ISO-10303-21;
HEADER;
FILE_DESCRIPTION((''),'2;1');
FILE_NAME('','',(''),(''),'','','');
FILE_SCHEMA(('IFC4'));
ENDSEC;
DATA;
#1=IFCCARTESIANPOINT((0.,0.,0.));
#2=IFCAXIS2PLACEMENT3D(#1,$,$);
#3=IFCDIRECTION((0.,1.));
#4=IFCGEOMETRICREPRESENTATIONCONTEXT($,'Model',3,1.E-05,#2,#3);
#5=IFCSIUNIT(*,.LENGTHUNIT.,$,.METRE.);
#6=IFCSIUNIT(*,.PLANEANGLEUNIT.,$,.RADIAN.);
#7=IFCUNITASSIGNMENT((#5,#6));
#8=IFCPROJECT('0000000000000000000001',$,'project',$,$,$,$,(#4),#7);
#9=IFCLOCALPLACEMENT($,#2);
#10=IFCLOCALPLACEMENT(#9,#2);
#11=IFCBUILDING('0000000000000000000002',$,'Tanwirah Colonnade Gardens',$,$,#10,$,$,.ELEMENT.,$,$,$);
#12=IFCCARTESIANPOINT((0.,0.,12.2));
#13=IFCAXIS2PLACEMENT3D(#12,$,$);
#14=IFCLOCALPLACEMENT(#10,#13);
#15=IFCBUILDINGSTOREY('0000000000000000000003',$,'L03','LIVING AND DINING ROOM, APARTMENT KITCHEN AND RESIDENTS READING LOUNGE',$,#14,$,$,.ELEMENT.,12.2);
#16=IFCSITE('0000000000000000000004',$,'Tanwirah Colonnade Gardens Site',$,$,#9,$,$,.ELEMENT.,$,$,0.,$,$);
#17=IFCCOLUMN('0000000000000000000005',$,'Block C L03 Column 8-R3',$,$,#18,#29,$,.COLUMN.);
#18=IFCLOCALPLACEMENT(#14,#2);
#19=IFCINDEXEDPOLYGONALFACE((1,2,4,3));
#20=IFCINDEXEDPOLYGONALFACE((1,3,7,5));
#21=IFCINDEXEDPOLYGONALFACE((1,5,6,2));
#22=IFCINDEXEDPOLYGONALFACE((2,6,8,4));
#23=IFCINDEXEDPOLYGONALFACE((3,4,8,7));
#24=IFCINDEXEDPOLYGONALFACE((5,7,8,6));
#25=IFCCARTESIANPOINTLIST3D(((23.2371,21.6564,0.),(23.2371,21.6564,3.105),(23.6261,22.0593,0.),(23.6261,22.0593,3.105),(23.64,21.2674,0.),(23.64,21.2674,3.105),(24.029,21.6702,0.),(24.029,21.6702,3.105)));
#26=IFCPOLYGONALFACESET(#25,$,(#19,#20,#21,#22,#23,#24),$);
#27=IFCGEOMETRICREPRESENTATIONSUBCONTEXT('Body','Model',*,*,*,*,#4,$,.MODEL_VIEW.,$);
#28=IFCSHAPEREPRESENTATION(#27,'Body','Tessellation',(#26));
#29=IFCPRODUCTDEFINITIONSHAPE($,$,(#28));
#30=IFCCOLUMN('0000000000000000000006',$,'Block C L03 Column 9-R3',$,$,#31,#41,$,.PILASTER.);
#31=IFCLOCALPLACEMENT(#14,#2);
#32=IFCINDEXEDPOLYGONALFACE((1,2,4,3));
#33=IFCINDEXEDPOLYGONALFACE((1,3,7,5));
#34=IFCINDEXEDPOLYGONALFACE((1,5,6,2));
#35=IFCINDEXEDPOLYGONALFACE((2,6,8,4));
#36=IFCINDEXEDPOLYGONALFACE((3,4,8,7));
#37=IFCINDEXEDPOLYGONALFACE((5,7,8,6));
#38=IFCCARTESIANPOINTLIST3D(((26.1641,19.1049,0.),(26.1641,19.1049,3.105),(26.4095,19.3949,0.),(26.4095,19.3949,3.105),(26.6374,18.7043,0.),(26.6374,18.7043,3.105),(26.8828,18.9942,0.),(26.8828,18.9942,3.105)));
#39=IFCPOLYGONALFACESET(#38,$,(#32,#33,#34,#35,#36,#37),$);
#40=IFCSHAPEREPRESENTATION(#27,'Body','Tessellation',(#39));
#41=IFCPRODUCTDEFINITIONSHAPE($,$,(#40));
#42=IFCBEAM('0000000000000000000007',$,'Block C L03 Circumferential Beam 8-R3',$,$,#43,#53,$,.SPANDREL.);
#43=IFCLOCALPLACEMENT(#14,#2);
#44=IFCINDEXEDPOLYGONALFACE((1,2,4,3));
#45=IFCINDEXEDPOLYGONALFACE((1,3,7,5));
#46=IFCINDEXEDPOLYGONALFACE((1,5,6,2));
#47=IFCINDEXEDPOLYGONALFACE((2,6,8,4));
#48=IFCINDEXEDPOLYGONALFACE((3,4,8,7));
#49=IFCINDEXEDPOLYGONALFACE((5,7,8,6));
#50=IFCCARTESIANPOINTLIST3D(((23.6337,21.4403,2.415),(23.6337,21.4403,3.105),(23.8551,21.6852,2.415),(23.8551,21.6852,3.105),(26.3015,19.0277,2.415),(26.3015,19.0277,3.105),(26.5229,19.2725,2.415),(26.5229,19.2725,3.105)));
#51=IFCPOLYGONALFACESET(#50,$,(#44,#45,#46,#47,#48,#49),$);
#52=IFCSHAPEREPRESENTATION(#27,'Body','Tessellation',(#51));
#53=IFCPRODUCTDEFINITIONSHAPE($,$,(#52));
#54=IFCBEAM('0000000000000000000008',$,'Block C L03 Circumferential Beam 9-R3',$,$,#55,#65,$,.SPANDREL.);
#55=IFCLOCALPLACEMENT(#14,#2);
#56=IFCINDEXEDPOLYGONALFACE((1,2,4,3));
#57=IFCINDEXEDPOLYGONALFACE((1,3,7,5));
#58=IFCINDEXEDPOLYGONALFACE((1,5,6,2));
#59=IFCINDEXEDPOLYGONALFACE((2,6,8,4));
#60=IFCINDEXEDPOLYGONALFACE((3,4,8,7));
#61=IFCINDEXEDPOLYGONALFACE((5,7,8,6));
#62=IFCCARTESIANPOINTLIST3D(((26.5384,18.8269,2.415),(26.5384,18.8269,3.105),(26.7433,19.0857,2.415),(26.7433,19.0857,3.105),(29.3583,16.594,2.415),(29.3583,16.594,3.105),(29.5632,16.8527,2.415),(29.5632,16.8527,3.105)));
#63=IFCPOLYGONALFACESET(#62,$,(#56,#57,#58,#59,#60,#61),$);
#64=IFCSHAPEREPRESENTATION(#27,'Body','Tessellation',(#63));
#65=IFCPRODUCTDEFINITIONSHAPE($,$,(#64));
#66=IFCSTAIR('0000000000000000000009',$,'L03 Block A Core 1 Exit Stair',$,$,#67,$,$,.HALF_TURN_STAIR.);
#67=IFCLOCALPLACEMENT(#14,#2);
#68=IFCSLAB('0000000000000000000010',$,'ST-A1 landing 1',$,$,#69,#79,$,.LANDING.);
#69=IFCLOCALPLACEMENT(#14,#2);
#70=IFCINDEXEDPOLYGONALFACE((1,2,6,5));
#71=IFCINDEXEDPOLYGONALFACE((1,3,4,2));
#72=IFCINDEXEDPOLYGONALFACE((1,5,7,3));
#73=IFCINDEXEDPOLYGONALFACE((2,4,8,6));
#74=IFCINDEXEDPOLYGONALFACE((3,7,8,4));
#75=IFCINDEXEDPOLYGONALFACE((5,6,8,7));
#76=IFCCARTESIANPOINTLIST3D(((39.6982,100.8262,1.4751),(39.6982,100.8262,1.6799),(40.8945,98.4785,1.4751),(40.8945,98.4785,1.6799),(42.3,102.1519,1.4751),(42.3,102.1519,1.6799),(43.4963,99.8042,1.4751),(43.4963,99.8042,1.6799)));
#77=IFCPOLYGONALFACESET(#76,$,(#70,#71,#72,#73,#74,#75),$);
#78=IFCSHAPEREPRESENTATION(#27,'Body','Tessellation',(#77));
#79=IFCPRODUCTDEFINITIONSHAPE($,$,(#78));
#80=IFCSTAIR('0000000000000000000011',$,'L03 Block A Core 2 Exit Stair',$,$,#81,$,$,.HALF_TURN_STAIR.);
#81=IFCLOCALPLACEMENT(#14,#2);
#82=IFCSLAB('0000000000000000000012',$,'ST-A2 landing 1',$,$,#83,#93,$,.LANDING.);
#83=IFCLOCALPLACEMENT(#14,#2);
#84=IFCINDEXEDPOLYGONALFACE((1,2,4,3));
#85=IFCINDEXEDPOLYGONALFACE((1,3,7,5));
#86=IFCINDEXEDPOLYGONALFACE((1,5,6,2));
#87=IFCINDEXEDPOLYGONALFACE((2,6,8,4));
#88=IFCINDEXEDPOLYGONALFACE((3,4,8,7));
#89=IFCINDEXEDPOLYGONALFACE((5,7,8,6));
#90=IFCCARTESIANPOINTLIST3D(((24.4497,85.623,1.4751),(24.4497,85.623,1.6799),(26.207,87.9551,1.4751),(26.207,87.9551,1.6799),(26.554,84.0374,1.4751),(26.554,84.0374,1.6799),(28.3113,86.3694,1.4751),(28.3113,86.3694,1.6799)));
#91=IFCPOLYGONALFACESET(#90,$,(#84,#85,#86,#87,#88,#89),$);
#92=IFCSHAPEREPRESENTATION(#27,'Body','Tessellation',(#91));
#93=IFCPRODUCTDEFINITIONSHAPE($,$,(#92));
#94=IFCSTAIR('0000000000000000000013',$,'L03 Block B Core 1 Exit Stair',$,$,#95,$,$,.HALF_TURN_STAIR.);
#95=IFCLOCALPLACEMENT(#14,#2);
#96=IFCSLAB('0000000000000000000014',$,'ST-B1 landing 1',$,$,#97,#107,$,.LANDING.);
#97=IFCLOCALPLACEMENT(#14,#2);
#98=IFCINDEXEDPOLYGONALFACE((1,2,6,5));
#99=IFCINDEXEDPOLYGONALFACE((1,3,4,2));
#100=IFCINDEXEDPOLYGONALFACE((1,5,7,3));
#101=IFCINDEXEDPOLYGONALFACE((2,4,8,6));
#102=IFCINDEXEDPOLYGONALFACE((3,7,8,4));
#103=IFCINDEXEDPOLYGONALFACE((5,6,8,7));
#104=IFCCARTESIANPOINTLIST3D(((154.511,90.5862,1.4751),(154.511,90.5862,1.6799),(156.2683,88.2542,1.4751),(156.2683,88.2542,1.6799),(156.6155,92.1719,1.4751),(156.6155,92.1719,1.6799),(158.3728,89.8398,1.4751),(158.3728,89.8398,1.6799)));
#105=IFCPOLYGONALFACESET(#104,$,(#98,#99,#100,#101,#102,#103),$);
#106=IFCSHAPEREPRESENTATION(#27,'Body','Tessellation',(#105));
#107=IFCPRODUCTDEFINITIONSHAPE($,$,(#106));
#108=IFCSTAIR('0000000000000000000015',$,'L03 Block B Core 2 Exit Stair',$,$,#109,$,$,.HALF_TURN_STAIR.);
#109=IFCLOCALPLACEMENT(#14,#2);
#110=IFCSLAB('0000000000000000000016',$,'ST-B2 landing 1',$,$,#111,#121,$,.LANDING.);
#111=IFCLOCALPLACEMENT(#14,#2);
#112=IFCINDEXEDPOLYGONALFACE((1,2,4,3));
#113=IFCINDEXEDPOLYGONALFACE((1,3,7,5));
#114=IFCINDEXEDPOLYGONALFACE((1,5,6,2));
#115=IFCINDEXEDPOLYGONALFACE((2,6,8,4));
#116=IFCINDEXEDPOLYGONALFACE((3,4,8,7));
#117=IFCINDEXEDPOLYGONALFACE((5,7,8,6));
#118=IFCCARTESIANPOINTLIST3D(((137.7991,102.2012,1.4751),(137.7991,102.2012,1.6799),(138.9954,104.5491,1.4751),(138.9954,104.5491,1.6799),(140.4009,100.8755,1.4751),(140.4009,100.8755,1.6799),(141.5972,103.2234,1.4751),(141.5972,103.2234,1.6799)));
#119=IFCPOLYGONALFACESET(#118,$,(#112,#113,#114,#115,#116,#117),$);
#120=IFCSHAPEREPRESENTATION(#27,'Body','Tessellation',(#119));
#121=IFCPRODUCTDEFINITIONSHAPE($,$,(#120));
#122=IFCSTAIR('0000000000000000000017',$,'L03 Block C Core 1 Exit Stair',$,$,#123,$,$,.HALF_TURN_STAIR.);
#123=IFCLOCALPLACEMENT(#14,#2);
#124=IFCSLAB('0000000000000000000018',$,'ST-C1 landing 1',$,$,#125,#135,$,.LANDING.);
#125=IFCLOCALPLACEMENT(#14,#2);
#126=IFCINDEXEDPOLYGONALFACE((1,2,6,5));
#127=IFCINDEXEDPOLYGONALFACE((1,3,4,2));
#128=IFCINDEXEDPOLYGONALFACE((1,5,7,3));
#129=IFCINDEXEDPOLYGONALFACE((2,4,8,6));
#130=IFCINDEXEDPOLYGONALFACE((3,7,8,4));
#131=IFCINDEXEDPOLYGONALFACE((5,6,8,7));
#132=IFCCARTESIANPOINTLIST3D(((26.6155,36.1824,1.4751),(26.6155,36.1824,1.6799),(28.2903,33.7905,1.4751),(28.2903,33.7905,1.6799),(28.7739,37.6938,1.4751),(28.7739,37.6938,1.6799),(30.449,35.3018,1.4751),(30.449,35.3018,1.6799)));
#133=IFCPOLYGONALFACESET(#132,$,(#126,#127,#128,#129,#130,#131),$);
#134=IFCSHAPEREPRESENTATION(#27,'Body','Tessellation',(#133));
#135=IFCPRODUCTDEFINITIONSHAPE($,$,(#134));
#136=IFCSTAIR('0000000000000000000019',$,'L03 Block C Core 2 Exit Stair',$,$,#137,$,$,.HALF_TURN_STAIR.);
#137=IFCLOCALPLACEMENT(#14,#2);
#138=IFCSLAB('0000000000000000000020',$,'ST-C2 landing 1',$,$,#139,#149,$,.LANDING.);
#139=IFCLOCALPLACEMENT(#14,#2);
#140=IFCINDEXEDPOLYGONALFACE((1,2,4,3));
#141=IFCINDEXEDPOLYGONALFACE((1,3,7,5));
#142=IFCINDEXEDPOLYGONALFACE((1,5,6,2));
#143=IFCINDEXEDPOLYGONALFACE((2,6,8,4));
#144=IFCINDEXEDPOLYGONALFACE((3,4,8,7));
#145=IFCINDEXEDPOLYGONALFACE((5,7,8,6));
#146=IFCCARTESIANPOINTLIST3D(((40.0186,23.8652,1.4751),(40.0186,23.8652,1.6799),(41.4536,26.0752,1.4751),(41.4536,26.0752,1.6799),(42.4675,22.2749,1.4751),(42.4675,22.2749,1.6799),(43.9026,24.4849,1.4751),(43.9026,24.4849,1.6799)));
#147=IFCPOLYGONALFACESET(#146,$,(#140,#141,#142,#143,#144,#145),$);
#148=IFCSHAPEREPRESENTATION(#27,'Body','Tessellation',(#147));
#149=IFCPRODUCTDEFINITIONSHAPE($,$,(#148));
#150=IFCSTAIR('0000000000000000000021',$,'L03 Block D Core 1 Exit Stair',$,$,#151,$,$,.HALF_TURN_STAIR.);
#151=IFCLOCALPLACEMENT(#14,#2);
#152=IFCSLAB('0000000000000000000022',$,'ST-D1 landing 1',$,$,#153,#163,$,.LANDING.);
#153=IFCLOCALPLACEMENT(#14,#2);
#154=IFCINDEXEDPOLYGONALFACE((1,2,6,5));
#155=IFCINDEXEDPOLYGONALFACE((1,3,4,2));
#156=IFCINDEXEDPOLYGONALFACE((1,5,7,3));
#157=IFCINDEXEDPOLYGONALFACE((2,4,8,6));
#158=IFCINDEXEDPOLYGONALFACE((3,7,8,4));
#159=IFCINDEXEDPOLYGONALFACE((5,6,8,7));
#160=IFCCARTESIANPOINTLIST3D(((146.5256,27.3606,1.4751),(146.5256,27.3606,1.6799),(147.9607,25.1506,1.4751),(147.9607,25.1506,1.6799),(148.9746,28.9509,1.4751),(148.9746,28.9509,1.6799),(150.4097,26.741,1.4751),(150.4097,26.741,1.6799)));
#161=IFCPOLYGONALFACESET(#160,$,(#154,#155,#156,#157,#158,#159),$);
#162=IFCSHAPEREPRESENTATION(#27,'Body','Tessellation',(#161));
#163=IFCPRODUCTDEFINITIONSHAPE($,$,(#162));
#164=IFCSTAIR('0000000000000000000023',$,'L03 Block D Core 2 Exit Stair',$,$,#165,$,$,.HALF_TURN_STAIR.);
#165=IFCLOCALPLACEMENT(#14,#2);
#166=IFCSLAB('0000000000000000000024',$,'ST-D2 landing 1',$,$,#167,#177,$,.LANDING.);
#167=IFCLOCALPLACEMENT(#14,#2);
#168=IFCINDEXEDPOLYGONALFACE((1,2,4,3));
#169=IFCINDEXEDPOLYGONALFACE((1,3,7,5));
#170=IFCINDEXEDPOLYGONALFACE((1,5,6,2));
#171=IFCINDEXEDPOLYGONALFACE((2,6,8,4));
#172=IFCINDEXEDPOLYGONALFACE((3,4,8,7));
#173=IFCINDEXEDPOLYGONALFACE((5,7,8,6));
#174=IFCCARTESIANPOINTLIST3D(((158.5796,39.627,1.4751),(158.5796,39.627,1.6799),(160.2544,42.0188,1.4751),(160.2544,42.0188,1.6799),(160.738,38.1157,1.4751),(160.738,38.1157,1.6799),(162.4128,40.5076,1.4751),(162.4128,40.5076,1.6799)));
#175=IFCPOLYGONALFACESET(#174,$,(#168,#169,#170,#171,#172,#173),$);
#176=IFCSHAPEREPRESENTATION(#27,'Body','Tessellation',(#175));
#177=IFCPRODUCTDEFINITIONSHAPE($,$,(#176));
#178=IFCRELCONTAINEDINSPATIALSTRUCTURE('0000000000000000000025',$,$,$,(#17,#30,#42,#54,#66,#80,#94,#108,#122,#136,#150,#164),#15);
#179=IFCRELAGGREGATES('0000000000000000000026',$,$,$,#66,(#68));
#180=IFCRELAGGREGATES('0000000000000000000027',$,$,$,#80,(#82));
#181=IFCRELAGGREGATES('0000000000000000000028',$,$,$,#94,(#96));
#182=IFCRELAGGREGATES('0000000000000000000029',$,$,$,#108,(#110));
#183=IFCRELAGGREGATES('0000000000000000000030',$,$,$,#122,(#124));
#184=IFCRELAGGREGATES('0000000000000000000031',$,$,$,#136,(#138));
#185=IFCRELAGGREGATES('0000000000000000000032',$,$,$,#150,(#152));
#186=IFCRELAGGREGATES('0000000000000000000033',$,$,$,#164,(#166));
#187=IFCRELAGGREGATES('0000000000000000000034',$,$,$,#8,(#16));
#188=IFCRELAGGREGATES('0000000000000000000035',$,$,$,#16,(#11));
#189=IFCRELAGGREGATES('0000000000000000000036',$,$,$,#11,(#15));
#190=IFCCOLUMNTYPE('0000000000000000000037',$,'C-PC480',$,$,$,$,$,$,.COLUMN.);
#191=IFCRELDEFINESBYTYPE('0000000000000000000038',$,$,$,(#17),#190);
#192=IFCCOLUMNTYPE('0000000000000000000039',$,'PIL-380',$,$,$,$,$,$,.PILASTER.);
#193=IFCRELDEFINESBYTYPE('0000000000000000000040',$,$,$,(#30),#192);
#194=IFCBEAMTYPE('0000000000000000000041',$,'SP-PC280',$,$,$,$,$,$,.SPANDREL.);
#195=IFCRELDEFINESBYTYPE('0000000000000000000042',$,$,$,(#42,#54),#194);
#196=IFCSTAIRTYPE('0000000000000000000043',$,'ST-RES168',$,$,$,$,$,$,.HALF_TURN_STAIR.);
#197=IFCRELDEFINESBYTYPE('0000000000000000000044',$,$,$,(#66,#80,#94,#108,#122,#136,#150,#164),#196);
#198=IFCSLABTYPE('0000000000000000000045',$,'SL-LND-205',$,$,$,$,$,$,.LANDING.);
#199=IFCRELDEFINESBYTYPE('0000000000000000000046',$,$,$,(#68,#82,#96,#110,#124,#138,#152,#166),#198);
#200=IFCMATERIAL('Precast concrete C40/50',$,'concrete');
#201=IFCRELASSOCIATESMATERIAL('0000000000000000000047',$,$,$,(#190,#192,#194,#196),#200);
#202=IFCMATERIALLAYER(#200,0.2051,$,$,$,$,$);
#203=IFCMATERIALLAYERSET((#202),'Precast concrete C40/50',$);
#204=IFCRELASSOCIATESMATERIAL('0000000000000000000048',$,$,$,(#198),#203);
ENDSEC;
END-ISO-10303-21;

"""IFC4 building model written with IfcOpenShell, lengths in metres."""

from ifc_helpers import new_model, si_unit, direction, frame, origin, origin_2d, place, context, subcontext, project, spatial, polyline, rectangle, outline, extrude, material, layer, layer_set, material_profile, profile_set, type_object, element, aggregate, save


model = new_model("IFC4")

# Units and contexts
model_context = context("Model", 3, precision=1e-05, world=origin(), true_north=direction((0.0, 1.0)))
body_context = subcontext(model_context, "Body", "Model", "MODEL_VIEW")
ifc_project = project(units=[si_unit("LENGTHUNIT", "METRE"), si_unit("PLANEANGLEUNIT", "RADIAN")], contexts=[model_context])

# Site, building, storey
site_placement = place(None, origin())
site = spatial("IfcSite", under=ifc_project, at=site_placement, Name="Tanwirah Colonnade Gardens Site", CompositionType="ELEMENT", RefElevation=0.0)
building_placement = place(site_placement, origin())
building = spatial("IfcBuilding", under=site, at=building_placement, Name="Tanwirah Colonnade Gardens", CompositionType="ELEMENT")
storey_placement = place(building_placement, frame((0.0, 0.0, 12.2)))
storey = spatial("IfcBuildingStorey", under=building, at=storey_placement, Name="L03", Description="LIVING AND DINING ROOM, APARTMENT KITCHEN AND RESIDENTS READING LOUNGE", CompositionType="ELEMENT", Elevation=12.2)

# Columns
ifc_material_1 = material(Name="Precast concrete C40/50", Category="concrete")
ifc_material_profile_1 = material_profile(ifc_material_1, rectangle(XDim=0.5601, YDim=0.5601, at=origin_2d()), Name="PC-COL 560x560")
ifc_profile_set_1 = profile_set([ifc_material_profile_1], Name="Precast concrete C40/50")
column_type_1 = type_object("IfcColumnType", Name="C-PC480", PredefinedType="COLUMN", material=ifc_profile_set_1)
column_1_placement = place(storey_placement, frame((23.6331, 21.6633, 0.0), z_axis=(0.0, 0.0, 1.0), x_axis=(-0.694658, -0.71934, 0.0)))
element("IfcColumn", 1, at=column_1_placement, inside=storey, type_object=column_type_1, Name="Block C L03 Column 8-R3", PredefinedType="COLUMN", context=body_context, shape_type="SweptSolid", body=[
    extrude(rectangle(XDim=0.5601, YDim=0.5601, at=origin_2d()), origin(), (0.0, 0.0, 1.0), 3.105),
])
ifc_material_profile_2 = material_profile(ifc_material_1, rectangle(XDim=0.3799, YDim=0.6201, at=origin_2d()), Name="PC-PIL 380x620")
ifc_profile_set_2 = profile_set([ifc_material_profile_2], Name="Precast concrete C40/50")
column_type_2 = type_object("IfcColumnType", Name="PIL-380", PredefinedType="PILASTER", material=ifc_profile_set_2)
column_2_placement = place(storey_placement, frame((26.5234, 19.0496, 0.0), z_axis=(0.0, 0.0, 1.0), x_axis=(-0.646124, -0.763232, 0.0)))
element("IfcColumn", 2, at=column_2_placement, inside=storey, type_object=column_type_2, Name="Block C L03 Column 9-R3", PredefinedType="PILASTER", context=body_context, shape_type="SweptSolid", body=[
    extrude(rectangle(XDim=0.3799, YDim=0.6201, at=origin_2d()), origin(), (0.0, 0.0, 1.0), 3.105),
])

# Beams
ifc_material_profile_3 = material_profile(ifc_material_1, rectangle(XDim=0.3301, YDim=0.6899, at=origin_2d()), Name="PC-SP 330x690")
ifc_profile_set_3 = profile_set([ifc_material_profile_3], Name="Precast concrete C40/50")
beam_type = type_object("IfcBeamType", Name="SP-PC280", PredefinedType="SPANDREL", material=ifc_profile_set_3)
for number, where, z_axis, x_axis, name in (
    (3, (23.7444, 21.5627, 2.76), (0.741682, -0.670752, 0.0), (0.670752, 0.741682, 0.0), "Block C L03 Circumferential Beam 8-R3"),
    (4, (26.6409, 18.9563, 2.76), (0.783971, -0.620797, 0.0), (0.620797, 0.783971, 0.0), "Block C L03 Circumferential Beam 9-R3"),
):
    element("IfcBeam", number, at=place(storey_placement, frame(where, z_axis=z_axis, x_axis=x_axis)), inside=storey, type_object=beam_type, Name=name, PredefinedType="SPANDREL", context=body_context, shape_type="SweptSolid", body=[
        extrude(rectangle(XDim=0.3301, YDim=0.6899, at=origin_2d()), origin(), (0.0, 0.0, 1.0), 3.5969),
    ])

# Stairs, slabs
stair_type = type_object("IfcStairType", Name="ST-RES168", PredefinedType="HALF_TURN_STAIR", material=ifc_material_1)
stair_1_placement = place(storey_placement, origin())
stair_1 = element("IfcStair", 5, at=stair_1_placement, inside=storey, type_object=stair_type, Name="L03 Block A Core 1 Exit Stair", PredefinedType="HALF_TURN_STAIR")
ifc_layer_1 = layer(ifc_material_1, 0.2051)
ifc_layer_set_1 = layer_set([ifc_layer_1], Name="Precast concrete C40/50")
slab_type_1 = type_object("IfcSlabType", Name="SL-LND-205", PredefinedType="LANDING", material=ifc_layer_set_1)
slab_1_placement = place(storey_placement, frame((0.0, 0.0, 1.4751)))
slab_1 = element("IfcSlab", 6, at=slab_1_placement, type_object=slab_type_1, Name="ST-A1 landing 1", PredefinedType="LANDING", context=body_context, shape_type="SweptSolid", body=[
    extrude(outline(polyline([(39.6982, 100.8262), (40.8945, 98.4785), (43.4963, 99.8042), (42.3, 102.1519), (39.6982, 100.8262)])), origin(), (0.0, 0.0, 1.0), 0.2048),
])
aggregate(stair_1, [slab_1])
stair_2_placement = place(storey_placement, origin())
stair_2 = element("IfcStair", 7, at=stair_2_placement, inside=storey, type_object=stair_type, Name="L03 Block A Core 2 Exit Stair", PredefinedType="HALF_TURN_STAIR")
slab_2_placement = place(storey_placement, frame((0.0, 0.0, 1.4751)))
slab_2 = element("IfcSlab", 8, at=slab_2_placement, type_object=slab_type_1, Name="ST-A2 landing 1", PredefinedType="LANDING", context=body_context, shape_type="SweptSolid", body=[
    extrude(outline(polyline([(24.4497, 85.623), (26.554, 84.0374), (28.3113, 86.3694), (26.207, 87.9551), (24.4497, 85.623)])), origin(), (0.0, 0.0, 1.0), 0.2048),
])
aggregate(stair_2, [slab_2])
stair_3_placement = place(storey_placement, origin())
stair_3 = element("IfcStair", 9, at=stair_3_placement, inside=storey, type_object=stair_type, Name="L03 Block B Core 1 Exit Stair", PredefinedType="HALF_TURN_STAIR")
slab_3_placement = place(storey_placement, frame((0.0, 0.0, 1.4751)))
slab_3 = element("IfcSlab", 10, at=slab_3_placement, type_object=slab_type_1, Name="ST-B1 landing 1", PredefinedType="LANDING", context=body_context, shape_type="SweptSolid", body=[
    extrude(outline(polyline([(156.6155, 92.1719), (154.511, 90.5862), (156.2683, 88.2542), (158.3728, 89.8398), (156.6155, 92.1719)])), origin(), (0.0, 0.0, 1.0), 0.2048),
])
aggregate(stair_3, [slab_3])
stair_4_placement = place(storey_placement, origin())
stair_4 = element("IfcStair", 11, at=stair_4_placement, inside=storey, type_object=stair_type, Name="L03 Block B Core 2 Exit Stair", PredefinedType="HALF_TURN_STAIR")
slab_4_placement = place(storey_placement, frame((0.0, 0.0, 1.4751)))
slab_4 = element("IfcSlab", 12, at=slab_4_placement, type_object=slab_type_1, Name="ST-B2 landing 1", PredefinedType="LANDING", context=body_context, shape_type="SweptSolid", body=[
    extrude(outline(polyline([(138.9954, 104.5491), (137.7991, 102.2012), (140.4009, 100.8755), (141.5972, 103.2234), (138.9954, 104.5491)])), origin(), (0.0, 0.0, 1.0), 0.2048),
])
aggregate(stair_4, [slab_4])
stair_5_placement = place(storey_placement, origin())
stair_5 = element("IfcStair", 13, at=stair_5_placement, inside=storey, type_object=stair_type, Name="L03 Block C Core 1 Exit Stair", PredefinedType="HALF_TURN_STAIR")
slab_5_placement = place(storey_placement, frame((0.0, 0.0, 1.4751)))
slab_5 = element("IfcSlab", 14, at=slab_5_placement, type_object=slab_type_1, Name="ST-C1 landing 1", PredefinedType="LANDING", context=body_context, shape_type="SweptSolid", body=[
    extrude(outline(polyline([(28.2903, 33.7905), (30.449, 35.3018), (28.7739, 37.6938), (26.6155, 36.1824), (28.2903, 33.7905)])), origin(), (0.0, 0.0, 1.0), 0.2048),
])
aggregate(stair_5, [slab_5])
stair_6_placement = place(storey_placement, origin())
stair_6 = element("IfcStair", 15, at=stair_6_placement, inside=storey, type_object=stair_type, Name="L03 Block C Core 2 Exit Stair", PredefinedType="HALF_TURN_STAIR")
slab_6_placement = place(storey_placement, frame((0.0, 0.0, 1.4751)))
slab_6 = element("IfcSlab", 16, at=slab_6_placement, type_object=slab_type_1, Name="ST-C2 landing 1", PredefinedType="LANDING", context=body_context, shape_type="SweptSolid", body=[
    extrude(outline(polyline([(42.4675, 22.2749), (43.9026, 24.4849), (41.4536, 26.0752), (40.0186, 23.8652), (42.4675, 22.2749)])), origin(), (0.0, 0.0, 1.0), 0.2048),
])
aggregate(stair_6, [slab_6])
stair_7_placement = place(storey_placement, origin())
stair_7 = element("IfcStair", 17, at=stair_7_placement, inside=storey, type_object=stair_type, Name="L03 Block D Core 1 Exit Stair", PredefinedType="HALF_TURN_STAIR")
slab_7_placement = place(storey_placement, frame((0.0, 0.0, 1.4751)))
slab_7 = element("IfcSlab", 18, at=slab_7_placement, type_object=slab_type_1, Name="ST-D1 landing 1", PredefinedType="LANDING", context=body_context, shape_type="SweptSolid", body=[
    extrude(outline(polyline([(150.4097, 26.741), (148.9746, 28.9509), (146.5256, 27.3606), (147.9607, 25.1506), (150.4097, 26.741)])), origin(), (0.0, 0.0, 1.0), 0.2048),
])
aggregate(stair_7, [slab_7])
stair_8_placement = place(storey_placement, origin())
stair_8 = element("IfcStair", 19, at=stair_8_placement, inside=storey, type_object=stair_type, Name="L03 Block D Core 2 Exit Stair", PredefinedType="HALF_TURN_STAIR")
slab_8_placement = place(storey_placement, frame((0.0, 0.0, 1.4751)))
slab_8 = element("IfcSlab", 20, at=slab_8_placement, type_object=slab_type_1, Name="ST-D2 landing 1", PredefinedType="LANDING", context=body_context, shape_type="SweptSolid", body=[
    extrude(outline(polyline([(162.4128, 40.5076), (160.2544, 42.0188), (158.5796, 39.627), (160.738, 38.1157), (162.4128, 40.5076)])), origin(), (0.0, 0.0, 1.0), 0.2048),
])
aggregate(stair_8, [slab_8])

save(model, "model.ifc")
